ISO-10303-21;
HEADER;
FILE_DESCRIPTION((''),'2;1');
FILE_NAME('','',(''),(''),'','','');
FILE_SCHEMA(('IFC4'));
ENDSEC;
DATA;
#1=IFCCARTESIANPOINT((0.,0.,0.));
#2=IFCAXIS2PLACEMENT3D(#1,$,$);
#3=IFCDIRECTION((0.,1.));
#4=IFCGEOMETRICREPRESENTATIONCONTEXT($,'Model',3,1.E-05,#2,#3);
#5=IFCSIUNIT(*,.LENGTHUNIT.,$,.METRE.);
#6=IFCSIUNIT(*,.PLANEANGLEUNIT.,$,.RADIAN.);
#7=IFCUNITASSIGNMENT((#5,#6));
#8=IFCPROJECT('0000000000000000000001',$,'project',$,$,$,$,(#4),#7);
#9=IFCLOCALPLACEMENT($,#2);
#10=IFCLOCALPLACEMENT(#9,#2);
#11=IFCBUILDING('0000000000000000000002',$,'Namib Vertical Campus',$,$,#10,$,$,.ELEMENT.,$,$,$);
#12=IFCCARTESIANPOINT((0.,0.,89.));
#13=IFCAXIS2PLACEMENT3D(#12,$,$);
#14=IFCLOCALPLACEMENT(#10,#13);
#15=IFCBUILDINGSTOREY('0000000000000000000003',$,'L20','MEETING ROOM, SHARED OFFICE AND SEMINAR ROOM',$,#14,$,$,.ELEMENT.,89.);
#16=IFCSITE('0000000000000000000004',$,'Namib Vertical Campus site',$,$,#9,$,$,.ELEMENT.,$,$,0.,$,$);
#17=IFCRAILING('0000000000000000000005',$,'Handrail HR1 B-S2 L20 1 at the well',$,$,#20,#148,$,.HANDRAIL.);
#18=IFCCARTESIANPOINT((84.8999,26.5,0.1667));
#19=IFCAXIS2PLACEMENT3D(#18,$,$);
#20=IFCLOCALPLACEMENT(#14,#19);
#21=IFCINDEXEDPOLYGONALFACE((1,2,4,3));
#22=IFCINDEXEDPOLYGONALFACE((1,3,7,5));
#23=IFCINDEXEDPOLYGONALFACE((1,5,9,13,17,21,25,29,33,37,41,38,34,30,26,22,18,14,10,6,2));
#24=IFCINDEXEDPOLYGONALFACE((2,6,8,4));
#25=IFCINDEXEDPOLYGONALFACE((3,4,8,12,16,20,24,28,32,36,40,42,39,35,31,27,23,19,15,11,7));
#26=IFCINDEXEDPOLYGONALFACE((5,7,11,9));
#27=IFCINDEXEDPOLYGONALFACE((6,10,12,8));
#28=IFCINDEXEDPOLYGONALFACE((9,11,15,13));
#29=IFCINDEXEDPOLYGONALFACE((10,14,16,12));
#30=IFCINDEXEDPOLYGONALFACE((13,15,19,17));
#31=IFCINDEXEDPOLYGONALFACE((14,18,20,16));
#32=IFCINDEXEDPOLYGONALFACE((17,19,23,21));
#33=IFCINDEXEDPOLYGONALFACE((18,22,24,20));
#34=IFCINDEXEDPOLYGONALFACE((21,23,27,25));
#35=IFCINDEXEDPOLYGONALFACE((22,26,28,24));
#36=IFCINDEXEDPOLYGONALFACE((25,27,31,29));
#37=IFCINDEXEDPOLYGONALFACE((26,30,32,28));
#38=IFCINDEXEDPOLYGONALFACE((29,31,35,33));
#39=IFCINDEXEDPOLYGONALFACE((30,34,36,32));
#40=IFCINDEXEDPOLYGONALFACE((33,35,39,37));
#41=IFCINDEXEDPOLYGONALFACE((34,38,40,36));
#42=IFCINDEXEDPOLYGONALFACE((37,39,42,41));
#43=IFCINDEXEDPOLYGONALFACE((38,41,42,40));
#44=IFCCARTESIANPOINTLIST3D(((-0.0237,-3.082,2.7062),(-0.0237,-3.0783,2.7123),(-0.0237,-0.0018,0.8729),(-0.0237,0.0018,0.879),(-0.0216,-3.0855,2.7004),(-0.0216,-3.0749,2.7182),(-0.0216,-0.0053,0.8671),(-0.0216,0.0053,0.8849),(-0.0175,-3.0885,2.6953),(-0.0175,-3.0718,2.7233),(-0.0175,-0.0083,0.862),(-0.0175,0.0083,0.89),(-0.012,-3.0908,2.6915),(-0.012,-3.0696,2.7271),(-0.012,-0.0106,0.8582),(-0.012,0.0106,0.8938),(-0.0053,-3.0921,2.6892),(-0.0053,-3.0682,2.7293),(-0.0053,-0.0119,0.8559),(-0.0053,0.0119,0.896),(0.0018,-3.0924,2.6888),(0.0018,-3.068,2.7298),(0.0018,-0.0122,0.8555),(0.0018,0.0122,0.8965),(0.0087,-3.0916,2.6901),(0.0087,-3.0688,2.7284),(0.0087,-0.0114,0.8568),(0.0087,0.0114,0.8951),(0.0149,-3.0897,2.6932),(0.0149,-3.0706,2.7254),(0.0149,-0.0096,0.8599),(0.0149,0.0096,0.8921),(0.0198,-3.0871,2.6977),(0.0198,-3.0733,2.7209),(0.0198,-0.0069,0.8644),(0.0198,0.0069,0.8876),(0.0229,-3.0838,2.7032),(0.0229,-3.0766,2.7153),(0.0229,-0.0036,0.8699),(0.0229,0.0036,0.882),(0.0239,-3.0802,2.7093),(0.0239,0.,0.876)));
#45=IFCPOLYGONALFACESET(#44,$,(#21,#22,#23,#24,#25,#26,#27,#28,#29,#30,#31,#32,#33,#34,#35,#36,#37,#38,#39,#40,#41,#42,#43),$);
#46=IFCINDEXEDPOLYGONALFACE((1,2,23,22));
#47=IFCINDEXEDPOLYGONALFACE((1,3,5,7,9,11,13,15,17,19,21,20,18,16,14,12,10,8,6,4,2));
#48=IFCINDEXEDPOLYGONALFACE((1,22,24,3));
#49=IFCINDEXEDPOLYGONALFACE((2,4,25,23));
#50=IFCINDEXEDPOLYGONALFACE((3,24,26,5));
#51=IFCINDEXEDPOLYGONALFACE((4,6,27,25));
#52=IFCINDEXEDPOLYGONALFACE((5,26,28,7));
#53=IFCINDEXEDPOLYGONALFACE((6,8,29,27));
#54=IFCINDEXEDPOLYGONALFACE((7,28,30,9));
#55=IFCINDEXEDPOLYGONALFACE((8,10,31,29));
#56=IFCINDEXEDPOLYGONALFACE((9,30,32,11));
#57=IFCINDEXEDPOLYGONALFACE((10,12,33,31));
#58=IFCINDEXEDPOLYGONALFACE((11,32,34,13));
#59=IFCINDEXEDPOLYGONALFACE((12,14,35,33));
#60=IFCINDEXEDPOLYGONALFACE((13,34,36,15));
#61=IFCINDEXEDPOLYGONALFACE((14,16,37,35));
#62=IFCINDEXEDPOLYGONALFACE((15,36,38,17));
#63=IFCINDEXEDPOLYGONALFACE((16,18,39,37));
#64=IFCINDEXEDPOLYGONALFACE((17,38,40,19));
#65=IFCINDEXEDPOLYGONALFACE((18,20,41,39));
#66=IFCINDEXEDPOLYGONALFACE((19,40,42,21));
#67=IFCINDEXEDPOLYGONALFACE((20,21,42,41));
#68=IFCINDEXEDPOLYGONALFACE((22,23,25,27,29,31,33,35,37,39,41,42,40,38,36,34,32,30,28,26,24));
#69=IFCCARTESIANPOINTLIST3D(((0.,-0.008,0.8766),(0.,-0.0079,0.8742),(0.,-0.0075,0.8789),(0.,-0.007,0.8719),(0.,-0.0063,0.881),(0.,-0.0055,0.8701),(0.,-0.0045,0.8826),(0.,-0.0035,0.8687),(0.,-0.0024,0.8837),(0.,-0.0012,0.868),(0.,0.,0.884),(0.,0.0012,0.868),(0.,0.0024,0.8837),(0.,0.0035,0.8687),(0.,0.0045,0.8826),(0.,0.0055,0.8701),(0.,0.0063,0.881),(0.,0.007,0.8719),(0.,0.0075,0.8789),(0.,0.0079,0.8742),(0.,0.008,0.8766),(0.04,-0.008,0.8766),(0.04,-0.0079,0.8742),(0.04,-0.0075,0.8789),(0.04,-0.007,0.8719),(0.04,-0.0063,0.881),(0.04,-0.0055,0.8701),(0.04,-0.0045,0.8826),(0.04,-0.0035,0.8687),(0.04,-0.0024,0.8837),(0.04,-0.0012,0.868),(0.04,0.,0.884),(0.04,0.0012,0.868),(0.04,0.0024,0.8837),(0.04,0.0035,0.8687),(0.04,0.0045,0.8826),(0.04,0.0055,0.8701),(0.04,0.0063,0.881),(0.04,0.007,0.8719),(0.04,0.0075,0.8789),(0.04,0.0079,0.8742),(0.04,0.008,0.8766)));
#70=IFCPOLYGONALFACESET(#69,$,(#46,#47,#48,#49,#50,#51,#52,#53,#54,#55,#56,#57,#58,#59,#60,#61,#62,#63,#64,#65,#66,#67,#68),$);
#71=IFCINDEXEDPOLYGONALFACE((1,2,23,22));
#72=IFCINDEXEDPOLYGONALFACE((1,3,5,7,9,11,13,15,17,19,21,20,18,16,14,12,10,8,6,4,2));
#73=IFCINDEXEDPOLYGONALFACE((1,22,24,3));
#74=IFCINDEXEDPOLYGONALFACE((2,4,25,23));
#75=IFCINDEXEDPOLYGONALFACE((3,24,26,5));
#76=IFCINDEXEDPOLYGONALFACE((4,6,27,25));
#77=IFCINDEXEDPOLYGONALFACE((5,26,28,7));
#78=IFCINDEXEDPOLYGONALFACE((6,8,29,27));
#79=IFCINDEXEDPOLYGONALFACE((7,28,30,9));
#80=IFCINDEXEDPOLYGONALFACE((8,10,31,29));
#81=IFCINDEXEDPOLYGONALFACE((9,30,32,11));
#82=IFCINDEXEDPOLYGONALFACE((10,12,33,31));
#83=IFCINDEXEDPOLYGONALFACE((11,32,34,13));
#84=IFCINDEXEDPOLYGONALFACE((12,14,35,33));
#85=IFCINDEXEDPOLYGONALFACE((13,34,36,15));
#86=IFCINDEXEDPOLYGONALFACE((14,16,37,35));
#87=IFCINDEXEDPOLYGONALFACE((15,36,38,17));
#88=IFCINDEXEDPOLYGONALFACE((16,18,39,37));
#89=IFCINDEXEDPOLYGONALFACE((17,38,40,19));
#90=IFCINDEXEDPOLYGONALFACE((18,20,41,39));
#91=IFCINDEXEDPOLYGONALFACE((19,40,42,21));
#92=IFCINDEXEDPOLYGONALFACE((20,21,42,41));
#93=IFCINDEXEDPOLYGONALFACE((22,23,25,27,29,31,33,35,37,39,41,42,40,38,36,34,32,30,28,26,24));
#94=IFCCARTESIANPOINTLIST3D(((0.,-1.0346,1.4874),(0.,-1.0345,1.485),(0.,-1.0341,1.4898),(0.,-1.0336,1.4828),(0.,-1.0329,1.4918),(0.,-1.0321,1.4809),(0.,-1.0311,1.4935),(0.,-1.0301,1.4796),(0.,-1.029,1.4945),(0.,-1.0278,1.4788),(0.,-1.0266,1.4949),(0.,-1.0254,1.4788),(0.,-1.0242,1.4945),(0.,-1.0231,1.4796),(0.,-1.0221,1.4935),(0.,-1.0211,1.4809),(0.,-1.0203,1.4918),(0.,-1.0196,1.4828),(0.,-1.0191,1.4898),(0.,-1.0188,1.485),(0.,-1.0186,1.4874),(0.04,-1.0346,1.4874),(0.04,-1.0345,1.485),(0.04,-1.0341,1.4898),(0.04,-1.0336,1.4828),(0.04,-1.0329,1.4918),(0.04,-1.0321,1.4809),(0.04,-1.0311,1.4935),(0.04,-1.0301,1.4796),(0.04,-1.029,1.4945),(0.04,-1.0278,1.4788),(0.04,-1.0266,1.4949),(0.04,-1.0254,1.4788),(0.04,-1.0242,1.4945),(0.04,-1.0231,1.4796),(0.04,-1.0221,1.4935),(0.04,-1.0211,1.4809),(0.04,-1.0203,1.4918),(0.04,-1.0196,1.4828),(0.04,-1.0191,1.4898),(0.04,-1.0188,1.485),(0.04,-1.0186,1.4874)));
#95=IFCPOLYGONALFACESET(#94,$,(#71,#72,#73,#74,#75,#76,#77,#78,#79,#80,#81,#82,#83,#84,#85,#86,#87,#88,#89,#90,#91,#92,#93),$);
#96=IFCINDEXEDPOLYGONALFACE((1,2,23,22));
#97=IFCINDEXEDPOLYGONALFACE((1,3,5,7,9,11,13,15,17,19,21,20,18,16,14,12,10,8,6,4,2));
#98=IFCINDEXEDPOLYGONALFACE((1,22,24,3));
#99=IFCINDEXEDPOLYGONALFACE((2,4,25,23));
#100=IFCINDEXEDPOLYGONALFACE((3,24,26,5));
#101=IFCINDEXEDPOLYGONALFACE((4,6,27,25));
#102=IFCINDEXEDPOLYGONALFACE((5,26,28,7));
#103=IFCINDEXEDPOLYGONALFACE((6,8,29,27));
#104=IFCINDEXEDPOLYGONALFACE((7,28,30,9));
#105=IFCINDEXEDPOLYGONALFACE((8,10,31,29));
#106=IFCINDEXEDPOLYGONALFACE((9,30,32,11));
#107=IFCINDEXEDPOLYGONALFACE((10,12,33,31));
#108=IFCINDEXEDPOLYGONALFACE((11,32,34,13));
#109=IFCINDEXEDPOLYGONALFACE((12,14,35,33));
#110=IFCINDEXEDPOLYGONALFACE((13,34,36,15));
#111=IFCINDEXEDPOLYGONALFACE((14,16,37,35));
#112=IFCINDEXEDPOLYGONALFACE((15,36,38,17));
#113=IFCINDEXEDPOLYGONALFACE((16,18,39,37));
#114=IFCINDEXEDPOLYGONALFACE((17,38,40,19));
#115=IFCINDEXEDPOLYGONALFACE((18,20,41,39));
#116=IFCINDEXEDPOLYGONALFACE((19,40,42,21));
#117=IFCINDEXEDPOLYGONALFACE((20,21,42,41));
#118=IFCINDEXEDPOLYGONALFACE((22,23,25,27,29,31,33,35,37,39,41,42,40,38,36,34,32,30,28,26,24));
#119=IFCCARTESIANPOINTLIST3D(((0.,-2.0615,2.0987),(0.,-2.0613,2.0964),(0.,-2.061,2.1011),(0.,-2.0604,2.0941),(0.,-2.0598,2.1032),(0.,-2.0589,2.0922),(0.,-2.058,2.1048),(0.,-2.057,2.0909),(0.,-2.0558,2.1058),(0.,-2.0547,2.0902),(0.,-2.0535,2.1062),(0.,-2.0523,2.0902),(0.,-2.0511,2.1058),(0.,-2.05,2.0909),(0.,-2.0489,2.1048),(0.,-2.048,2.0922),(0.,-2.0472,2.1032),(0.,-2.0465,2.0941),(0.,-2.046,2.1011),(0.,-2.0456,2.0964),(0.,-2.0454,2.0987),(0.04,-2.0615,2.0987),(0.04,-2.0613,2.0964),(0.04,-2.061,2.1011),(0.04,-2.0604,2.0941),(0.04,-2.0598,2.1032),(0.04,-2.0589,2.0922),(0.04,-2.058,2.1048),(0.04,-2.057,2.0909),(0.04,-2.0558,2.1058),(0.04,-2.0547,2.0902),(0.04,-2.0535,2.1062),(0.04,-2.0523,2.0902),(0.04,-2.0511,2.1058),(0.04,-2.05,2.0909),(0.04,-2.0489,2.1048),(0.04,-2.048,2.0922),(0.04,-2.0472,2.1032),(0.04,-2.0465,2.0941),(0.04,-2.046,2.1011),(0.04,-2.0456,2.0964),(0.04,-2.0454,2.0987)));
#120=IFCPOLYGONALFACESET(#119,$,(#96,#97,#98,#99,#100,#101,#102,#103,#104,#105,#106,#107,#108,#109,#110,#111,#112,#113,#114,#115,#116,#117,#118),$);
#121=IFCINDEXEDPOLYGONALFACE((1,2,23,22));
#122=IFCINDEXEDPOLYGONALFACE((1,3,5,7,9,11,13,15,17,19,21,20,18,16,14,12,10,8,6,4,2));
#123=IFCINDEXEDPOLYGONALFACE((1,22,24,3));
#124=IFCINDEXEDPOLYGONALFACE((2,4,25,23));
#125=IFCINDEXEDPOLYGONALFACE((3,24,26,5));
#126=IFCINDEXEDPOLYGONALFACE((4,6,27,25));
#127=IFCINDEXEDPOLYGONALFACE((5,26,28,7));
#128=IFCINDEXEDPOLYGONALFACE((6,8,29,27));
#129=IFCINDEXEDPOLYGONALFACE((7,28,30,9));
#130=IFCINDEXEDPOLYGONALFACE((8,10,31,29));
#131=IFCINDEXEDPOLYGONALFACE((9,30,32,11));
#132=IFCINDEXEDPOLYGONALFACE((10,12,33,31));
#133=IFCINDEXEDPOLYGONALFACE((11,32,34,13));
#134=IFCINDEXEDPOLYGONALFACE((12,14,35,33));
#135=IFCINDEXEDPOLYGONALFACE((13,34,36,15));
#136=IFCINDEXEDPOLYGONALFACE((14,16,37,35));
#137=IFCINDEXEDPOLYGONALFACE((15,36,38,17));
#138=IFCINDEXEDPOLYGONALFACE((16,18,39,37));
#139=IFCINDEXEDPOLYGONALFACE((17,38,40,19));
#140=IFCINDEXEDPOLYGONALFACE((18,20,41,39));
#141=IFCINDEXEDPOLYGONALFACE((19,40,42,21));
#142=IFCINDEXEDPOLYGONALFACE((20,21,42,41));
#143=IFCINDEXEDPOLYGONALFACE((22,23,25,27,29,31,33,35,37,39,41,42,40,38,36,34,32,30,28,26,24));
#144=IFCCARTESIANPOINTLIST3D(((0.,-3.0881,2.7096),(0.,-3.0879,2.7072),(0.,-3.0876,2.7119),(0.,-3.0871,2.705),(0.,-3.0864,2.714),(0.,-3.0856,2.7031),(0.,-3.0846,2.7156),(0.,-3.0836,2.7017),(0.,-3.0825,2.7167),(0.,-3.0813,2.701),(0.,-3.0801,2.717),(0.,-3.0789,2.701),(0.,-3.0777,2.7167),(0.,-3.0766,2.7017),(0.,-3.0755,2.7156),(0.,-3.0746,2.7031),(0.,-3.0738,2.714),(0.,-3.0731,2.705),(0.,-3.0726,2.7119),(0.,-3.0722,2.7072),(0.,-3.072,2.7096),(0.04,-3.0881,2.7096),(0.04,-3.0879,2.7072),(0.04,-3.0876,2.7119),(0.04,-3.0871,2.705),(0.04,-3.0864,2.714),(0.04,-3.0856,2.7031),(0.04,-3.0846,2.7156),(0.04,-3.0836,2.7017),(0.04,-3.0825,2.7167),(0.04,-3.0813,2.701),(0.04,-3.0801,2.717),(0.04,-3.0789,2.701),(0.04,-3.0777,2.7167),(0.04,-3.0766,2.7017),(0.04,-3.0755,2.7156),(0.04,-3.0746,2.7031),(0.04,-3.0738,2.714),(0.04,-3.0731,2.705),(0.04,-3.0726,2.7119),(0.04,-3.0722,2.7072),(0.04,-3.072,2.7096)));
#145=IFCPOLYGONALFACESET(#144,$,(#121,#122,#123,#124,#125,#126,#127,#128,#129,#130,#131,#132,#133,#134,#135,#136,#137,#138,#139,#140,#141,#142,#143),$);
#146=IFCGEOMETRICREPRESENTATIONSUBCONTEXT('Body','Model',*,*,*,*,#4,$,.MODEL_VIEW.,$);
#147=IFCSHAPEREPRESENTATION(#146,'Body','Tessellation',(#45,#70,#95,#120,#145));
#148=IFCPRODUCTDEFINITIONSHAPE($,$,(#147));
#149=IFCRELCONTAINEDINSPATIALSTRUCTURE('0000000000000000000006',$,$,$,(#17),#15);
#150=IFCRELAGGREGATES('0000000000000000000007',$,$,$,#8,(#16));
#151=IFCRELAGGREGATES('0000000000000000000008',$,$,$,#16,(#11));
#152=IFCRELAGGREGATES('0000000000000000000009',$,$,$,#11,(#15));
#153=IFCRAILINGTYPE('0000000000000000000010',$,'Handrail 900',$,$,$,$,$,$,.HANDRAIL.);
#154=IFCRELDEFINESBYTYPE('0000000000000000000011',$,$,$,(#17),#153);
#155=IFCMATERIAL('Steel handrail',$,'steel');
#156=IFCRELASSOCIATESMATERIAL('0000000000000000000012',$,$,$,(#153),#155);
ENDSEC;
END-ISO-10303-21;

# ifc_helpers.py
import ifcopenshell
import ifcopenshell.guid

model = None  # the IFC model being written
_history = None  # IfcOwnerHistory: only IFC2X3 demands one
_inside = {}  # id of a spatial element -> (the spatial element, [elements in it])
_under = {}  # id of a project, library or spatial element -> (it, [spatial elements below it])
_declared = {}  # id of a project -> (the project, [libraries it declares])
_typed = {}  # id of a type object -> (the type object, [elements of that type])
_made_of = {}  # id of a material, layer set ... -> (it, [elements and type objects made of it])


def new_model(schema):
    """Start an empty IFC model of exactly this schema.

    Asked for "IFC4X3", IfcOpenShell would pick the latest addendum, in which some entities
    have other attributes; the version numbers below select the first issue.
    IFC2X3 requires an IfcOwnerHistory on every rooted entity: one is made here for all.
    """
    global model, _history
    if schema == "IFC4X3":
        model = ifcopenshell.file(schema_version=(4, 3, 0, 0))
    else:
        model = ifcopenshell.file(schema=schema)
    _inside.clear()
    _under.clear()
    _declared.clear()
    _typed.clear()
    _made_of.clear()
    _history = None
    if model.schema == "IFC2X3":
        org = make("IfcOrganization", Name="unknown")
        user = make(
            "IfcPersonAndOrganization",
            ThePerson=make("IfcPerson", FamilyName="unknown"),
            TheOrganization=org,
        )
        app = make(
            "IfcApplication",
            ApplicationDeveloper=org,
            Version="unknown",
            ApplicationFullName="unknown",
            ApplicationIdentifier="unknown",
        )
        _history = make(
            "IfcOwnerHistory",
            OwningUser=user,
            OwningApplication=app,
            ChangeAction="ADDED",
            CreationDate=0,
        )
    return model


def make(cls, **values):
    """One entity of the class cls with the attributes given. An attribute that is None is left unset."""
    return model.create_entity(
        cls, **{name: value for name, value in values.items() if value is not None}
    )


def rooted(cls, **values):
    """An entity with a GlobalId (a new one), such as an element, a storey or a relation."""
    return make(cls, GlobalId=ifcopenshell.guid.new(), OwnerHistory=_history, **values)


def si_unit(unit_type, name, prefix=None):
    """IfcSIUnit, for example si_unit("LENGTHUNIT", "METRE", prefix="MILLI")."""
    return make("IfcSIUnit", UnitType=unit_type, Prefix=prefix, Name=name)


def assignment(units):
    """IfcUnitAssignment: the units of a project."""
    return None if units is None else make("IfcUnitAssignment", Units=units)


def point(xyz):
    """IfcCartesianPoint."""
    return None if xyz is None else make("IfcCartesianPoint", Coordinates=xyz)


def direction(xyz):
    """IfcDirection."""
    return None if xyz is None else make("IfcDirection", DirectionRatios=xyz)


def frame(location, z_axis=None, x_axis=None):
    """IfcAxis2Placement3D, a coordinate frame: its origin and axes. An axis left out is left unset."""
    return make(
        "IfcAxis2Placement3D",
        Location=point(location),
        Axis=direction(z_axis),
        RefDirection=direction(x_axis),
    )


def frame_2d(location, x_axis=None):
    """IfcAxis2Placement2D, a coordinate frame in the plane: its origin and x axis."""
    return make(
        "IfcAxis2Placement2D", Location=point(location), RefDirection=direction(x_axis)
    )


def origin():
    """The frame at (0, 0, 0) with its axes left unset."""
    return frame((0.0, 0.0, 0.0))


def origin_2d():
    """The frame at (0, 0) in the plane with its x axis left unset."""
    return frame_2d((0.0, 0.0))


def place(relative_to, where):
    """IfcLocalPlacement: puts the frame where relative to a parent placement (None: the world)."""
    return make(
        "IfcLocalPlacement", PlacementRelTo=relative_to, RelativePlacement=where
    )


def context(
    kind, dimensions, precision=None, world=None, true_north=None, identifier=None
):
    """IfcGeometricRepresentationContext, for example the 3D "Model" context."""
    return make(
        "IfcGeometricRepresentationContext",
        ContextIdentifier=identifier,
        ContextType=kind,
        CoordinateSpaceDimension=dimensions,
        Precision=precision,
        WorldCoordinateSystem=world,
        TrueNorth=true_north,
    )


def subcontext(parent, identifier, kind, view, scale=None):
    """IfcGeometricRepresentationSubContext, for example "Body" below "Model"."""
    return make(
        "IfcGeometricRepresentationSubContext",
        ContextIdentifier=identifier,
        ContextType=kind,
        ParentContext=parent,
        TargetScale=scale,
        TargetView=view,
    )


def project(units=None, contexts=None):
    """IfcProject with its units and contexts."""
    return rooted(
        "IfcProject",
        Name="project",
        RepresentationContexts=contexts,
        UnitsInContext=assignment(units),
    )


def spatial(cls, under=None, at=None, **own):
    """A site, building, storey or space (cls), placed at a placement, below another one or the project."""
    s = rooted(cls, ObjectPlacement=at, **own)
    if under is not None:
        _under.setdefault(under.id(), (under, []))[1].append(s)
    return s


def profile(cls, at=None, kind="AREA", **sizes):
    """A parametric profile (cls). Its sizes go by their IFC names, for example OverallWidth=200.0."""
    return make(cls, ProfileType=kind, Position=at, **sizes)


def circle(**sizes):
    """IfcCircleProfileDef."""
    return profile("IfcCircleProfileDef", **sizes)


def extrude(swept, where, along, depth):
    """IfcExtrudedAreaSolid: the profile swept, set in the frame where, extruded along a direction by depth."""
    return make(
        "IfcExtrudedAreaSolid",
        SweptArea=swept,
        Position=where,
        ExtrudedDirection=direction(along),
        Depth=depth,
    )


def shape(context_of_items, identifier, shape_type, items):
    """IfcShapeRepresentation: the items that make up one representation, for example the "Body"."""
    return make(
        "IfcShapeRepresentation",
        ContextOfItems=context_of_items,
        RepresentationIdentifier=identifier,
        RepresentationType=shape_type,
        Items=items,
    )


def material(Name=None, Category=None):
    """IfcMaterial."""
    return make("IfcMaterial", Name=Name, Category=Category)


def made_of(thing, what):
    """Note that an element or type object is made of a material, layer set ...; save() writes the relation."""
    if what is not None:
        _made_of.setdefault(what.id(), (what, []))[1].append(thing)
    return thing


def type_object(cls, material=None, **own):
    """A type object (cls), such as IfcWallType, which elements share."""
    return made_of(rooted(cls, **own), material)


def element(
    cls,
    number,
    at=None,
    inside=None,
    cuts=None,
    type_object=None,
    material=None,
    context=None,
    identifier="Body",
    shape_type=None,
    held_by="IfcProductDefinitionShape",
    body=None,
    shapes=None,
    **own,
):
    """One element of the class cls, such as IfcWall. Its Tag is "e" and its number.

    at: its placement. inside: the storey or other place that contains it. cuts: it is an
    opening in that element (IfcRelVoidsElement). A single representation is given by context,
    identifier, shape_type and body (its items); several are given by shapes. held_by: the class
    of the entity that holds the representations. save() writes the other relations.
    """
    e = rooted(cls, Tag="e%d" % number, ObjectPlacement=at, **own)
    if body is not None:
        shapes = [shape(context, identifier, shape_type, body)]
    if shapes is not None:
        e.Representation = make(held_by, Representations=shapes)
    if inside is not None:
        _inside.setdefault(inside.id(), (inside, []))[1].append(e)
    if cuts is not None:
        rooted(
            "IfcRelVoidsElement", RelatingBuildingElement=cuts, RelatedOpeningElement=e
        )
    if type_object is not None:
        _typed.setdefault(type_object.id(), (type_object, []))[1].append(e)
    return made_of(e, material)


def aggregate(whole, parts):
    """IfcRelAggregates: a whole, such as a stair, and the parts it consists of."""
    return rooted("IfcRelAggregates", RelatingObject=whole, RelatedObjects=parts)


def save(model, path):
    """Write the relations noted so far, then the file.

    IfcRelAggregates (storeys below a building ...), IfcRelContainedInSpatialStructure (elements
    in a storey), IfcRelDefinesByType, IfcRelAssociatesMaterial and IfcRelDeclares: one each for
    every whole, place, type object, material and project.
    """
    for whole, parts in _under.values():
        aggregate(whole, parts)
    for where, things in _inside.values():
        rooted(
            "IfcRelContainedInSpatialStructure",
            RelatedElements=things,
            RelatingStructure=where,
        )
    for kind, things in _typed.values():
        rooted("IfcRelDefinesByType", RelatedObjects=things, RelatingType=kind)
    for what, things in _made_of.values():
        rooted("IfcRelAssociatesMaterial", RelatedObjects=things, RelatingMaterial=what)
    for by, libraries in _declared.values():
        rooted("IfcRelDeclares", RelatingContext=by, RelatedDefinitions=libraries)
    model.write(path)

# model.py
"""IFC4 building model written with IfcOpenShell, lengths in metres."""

from ifc_helpers import new_model, si_unit, direction, frame, origin, origin_2d, place, context, subcontext, project, spatial, circle, extrude, material, type_object, element, save


model = new_model("IFC4")

# Units and contexts
model_context = context("Model", 3, precision=1e-05, world=origin(), true_north=direction((0.0, 1.0)))
body_context = subcontext(model_context, "Body", "Model", "MODEL_VIEW")
ifc_project = project(units=[si_unit("LENGTHUNIT", "METRE"), si_unit("PLANEANGLEUNIT", "RADIAN")], contexts=[model_context])

# Site, building, storey
site_placement = place(None, origin())
site = spatial("IfcSite", under=ifc_project, at=site_placement, Name="Namib Vertical Campus site", CompositionType="ELEMENT", RefElevation=0.0)
building_placement = place(site_placement, origin())
building = spatial("IfcBuilding", under=site, at=building_placement, Name="Namib Vertical Campus", CompositionType="ELEMENT")
storey_placement = place(building_placement, frame((0.0, 0.0, 89.0)))
storey = spatial("IfcBuildingStorey", under=building, at=storey_placement, Name="L20", Description="MEETING ROOM, SHARED OFFICE AND SEMINAR ROOM", CompositionType="ELEMENT", Elevation=89.0)

# Railing
ifc_material_1 = material(Name="Steel handrail", Category="steel")
railing_type_1 = type_object("IfcRailingType", Name="Handrail 900", PredefinedType="HANDRAIL", material=ifc_material_1)
railing_1_placement = place(storey_placement, frame((84.8999, 26.5, 0.1667)))
element("IfcRailing", 1, at=railing_1_placement, inside=storey, type_object=railing_type_1, Name="Handrail HR1 B-S2 L20 1 at the well", PredefinedType="HANDRAIL", context=body_context, shape_type="SweptSolid", body=[
    extrude(circle(Radius=0.0239, at=origin_2d()), frame((0.0, 0.0, 0.876), z_axis=(0.0, -0.859309, 0.511458), x_axis=(1.0, 0.0, 0.0)), (0.0, 0.0, 1.0), 3.5845),
    extrude(circle(Radius=0.0081, at=origin_2d()), frame((0.0, 0.0, 0.876), z_axis=(1.0, 0.0, 0.0), x_axis=(0.0, 0.0, 1.0)), (0.0, 0.0, 1.0), 0.04),
    extrude(circle(Radius=0.0081, at=origin_2d()), frame((0.0, -1.0266, 1.4868), z_axis=(1.0, 0.0, 0.0), x_axis=(0.0, 0.0, 1.0)), (0.0, 0.0, 1.0), 0.04),
    extrude(circle(Radius=0.0081, at=origin_2d()), frame((0.0, -2.0535, 2.0981), z_axis=(1.0, 0.0, 0.0), x_axis=(0.0, 0.0, 1.0)), (0.0, 0.0, 1.0), 0.04),
    extrude(circle(Radius=0.0081, at=origin_2d()), frame((0.0, -3.0801, 2.709), z_axis=(1.0, 0.0, 0.0), x_axis=(0.0, 0.0, 1.0)), (0.0, 0.0, 1.0), 0.04),
])

save(model, "model.ifc")
